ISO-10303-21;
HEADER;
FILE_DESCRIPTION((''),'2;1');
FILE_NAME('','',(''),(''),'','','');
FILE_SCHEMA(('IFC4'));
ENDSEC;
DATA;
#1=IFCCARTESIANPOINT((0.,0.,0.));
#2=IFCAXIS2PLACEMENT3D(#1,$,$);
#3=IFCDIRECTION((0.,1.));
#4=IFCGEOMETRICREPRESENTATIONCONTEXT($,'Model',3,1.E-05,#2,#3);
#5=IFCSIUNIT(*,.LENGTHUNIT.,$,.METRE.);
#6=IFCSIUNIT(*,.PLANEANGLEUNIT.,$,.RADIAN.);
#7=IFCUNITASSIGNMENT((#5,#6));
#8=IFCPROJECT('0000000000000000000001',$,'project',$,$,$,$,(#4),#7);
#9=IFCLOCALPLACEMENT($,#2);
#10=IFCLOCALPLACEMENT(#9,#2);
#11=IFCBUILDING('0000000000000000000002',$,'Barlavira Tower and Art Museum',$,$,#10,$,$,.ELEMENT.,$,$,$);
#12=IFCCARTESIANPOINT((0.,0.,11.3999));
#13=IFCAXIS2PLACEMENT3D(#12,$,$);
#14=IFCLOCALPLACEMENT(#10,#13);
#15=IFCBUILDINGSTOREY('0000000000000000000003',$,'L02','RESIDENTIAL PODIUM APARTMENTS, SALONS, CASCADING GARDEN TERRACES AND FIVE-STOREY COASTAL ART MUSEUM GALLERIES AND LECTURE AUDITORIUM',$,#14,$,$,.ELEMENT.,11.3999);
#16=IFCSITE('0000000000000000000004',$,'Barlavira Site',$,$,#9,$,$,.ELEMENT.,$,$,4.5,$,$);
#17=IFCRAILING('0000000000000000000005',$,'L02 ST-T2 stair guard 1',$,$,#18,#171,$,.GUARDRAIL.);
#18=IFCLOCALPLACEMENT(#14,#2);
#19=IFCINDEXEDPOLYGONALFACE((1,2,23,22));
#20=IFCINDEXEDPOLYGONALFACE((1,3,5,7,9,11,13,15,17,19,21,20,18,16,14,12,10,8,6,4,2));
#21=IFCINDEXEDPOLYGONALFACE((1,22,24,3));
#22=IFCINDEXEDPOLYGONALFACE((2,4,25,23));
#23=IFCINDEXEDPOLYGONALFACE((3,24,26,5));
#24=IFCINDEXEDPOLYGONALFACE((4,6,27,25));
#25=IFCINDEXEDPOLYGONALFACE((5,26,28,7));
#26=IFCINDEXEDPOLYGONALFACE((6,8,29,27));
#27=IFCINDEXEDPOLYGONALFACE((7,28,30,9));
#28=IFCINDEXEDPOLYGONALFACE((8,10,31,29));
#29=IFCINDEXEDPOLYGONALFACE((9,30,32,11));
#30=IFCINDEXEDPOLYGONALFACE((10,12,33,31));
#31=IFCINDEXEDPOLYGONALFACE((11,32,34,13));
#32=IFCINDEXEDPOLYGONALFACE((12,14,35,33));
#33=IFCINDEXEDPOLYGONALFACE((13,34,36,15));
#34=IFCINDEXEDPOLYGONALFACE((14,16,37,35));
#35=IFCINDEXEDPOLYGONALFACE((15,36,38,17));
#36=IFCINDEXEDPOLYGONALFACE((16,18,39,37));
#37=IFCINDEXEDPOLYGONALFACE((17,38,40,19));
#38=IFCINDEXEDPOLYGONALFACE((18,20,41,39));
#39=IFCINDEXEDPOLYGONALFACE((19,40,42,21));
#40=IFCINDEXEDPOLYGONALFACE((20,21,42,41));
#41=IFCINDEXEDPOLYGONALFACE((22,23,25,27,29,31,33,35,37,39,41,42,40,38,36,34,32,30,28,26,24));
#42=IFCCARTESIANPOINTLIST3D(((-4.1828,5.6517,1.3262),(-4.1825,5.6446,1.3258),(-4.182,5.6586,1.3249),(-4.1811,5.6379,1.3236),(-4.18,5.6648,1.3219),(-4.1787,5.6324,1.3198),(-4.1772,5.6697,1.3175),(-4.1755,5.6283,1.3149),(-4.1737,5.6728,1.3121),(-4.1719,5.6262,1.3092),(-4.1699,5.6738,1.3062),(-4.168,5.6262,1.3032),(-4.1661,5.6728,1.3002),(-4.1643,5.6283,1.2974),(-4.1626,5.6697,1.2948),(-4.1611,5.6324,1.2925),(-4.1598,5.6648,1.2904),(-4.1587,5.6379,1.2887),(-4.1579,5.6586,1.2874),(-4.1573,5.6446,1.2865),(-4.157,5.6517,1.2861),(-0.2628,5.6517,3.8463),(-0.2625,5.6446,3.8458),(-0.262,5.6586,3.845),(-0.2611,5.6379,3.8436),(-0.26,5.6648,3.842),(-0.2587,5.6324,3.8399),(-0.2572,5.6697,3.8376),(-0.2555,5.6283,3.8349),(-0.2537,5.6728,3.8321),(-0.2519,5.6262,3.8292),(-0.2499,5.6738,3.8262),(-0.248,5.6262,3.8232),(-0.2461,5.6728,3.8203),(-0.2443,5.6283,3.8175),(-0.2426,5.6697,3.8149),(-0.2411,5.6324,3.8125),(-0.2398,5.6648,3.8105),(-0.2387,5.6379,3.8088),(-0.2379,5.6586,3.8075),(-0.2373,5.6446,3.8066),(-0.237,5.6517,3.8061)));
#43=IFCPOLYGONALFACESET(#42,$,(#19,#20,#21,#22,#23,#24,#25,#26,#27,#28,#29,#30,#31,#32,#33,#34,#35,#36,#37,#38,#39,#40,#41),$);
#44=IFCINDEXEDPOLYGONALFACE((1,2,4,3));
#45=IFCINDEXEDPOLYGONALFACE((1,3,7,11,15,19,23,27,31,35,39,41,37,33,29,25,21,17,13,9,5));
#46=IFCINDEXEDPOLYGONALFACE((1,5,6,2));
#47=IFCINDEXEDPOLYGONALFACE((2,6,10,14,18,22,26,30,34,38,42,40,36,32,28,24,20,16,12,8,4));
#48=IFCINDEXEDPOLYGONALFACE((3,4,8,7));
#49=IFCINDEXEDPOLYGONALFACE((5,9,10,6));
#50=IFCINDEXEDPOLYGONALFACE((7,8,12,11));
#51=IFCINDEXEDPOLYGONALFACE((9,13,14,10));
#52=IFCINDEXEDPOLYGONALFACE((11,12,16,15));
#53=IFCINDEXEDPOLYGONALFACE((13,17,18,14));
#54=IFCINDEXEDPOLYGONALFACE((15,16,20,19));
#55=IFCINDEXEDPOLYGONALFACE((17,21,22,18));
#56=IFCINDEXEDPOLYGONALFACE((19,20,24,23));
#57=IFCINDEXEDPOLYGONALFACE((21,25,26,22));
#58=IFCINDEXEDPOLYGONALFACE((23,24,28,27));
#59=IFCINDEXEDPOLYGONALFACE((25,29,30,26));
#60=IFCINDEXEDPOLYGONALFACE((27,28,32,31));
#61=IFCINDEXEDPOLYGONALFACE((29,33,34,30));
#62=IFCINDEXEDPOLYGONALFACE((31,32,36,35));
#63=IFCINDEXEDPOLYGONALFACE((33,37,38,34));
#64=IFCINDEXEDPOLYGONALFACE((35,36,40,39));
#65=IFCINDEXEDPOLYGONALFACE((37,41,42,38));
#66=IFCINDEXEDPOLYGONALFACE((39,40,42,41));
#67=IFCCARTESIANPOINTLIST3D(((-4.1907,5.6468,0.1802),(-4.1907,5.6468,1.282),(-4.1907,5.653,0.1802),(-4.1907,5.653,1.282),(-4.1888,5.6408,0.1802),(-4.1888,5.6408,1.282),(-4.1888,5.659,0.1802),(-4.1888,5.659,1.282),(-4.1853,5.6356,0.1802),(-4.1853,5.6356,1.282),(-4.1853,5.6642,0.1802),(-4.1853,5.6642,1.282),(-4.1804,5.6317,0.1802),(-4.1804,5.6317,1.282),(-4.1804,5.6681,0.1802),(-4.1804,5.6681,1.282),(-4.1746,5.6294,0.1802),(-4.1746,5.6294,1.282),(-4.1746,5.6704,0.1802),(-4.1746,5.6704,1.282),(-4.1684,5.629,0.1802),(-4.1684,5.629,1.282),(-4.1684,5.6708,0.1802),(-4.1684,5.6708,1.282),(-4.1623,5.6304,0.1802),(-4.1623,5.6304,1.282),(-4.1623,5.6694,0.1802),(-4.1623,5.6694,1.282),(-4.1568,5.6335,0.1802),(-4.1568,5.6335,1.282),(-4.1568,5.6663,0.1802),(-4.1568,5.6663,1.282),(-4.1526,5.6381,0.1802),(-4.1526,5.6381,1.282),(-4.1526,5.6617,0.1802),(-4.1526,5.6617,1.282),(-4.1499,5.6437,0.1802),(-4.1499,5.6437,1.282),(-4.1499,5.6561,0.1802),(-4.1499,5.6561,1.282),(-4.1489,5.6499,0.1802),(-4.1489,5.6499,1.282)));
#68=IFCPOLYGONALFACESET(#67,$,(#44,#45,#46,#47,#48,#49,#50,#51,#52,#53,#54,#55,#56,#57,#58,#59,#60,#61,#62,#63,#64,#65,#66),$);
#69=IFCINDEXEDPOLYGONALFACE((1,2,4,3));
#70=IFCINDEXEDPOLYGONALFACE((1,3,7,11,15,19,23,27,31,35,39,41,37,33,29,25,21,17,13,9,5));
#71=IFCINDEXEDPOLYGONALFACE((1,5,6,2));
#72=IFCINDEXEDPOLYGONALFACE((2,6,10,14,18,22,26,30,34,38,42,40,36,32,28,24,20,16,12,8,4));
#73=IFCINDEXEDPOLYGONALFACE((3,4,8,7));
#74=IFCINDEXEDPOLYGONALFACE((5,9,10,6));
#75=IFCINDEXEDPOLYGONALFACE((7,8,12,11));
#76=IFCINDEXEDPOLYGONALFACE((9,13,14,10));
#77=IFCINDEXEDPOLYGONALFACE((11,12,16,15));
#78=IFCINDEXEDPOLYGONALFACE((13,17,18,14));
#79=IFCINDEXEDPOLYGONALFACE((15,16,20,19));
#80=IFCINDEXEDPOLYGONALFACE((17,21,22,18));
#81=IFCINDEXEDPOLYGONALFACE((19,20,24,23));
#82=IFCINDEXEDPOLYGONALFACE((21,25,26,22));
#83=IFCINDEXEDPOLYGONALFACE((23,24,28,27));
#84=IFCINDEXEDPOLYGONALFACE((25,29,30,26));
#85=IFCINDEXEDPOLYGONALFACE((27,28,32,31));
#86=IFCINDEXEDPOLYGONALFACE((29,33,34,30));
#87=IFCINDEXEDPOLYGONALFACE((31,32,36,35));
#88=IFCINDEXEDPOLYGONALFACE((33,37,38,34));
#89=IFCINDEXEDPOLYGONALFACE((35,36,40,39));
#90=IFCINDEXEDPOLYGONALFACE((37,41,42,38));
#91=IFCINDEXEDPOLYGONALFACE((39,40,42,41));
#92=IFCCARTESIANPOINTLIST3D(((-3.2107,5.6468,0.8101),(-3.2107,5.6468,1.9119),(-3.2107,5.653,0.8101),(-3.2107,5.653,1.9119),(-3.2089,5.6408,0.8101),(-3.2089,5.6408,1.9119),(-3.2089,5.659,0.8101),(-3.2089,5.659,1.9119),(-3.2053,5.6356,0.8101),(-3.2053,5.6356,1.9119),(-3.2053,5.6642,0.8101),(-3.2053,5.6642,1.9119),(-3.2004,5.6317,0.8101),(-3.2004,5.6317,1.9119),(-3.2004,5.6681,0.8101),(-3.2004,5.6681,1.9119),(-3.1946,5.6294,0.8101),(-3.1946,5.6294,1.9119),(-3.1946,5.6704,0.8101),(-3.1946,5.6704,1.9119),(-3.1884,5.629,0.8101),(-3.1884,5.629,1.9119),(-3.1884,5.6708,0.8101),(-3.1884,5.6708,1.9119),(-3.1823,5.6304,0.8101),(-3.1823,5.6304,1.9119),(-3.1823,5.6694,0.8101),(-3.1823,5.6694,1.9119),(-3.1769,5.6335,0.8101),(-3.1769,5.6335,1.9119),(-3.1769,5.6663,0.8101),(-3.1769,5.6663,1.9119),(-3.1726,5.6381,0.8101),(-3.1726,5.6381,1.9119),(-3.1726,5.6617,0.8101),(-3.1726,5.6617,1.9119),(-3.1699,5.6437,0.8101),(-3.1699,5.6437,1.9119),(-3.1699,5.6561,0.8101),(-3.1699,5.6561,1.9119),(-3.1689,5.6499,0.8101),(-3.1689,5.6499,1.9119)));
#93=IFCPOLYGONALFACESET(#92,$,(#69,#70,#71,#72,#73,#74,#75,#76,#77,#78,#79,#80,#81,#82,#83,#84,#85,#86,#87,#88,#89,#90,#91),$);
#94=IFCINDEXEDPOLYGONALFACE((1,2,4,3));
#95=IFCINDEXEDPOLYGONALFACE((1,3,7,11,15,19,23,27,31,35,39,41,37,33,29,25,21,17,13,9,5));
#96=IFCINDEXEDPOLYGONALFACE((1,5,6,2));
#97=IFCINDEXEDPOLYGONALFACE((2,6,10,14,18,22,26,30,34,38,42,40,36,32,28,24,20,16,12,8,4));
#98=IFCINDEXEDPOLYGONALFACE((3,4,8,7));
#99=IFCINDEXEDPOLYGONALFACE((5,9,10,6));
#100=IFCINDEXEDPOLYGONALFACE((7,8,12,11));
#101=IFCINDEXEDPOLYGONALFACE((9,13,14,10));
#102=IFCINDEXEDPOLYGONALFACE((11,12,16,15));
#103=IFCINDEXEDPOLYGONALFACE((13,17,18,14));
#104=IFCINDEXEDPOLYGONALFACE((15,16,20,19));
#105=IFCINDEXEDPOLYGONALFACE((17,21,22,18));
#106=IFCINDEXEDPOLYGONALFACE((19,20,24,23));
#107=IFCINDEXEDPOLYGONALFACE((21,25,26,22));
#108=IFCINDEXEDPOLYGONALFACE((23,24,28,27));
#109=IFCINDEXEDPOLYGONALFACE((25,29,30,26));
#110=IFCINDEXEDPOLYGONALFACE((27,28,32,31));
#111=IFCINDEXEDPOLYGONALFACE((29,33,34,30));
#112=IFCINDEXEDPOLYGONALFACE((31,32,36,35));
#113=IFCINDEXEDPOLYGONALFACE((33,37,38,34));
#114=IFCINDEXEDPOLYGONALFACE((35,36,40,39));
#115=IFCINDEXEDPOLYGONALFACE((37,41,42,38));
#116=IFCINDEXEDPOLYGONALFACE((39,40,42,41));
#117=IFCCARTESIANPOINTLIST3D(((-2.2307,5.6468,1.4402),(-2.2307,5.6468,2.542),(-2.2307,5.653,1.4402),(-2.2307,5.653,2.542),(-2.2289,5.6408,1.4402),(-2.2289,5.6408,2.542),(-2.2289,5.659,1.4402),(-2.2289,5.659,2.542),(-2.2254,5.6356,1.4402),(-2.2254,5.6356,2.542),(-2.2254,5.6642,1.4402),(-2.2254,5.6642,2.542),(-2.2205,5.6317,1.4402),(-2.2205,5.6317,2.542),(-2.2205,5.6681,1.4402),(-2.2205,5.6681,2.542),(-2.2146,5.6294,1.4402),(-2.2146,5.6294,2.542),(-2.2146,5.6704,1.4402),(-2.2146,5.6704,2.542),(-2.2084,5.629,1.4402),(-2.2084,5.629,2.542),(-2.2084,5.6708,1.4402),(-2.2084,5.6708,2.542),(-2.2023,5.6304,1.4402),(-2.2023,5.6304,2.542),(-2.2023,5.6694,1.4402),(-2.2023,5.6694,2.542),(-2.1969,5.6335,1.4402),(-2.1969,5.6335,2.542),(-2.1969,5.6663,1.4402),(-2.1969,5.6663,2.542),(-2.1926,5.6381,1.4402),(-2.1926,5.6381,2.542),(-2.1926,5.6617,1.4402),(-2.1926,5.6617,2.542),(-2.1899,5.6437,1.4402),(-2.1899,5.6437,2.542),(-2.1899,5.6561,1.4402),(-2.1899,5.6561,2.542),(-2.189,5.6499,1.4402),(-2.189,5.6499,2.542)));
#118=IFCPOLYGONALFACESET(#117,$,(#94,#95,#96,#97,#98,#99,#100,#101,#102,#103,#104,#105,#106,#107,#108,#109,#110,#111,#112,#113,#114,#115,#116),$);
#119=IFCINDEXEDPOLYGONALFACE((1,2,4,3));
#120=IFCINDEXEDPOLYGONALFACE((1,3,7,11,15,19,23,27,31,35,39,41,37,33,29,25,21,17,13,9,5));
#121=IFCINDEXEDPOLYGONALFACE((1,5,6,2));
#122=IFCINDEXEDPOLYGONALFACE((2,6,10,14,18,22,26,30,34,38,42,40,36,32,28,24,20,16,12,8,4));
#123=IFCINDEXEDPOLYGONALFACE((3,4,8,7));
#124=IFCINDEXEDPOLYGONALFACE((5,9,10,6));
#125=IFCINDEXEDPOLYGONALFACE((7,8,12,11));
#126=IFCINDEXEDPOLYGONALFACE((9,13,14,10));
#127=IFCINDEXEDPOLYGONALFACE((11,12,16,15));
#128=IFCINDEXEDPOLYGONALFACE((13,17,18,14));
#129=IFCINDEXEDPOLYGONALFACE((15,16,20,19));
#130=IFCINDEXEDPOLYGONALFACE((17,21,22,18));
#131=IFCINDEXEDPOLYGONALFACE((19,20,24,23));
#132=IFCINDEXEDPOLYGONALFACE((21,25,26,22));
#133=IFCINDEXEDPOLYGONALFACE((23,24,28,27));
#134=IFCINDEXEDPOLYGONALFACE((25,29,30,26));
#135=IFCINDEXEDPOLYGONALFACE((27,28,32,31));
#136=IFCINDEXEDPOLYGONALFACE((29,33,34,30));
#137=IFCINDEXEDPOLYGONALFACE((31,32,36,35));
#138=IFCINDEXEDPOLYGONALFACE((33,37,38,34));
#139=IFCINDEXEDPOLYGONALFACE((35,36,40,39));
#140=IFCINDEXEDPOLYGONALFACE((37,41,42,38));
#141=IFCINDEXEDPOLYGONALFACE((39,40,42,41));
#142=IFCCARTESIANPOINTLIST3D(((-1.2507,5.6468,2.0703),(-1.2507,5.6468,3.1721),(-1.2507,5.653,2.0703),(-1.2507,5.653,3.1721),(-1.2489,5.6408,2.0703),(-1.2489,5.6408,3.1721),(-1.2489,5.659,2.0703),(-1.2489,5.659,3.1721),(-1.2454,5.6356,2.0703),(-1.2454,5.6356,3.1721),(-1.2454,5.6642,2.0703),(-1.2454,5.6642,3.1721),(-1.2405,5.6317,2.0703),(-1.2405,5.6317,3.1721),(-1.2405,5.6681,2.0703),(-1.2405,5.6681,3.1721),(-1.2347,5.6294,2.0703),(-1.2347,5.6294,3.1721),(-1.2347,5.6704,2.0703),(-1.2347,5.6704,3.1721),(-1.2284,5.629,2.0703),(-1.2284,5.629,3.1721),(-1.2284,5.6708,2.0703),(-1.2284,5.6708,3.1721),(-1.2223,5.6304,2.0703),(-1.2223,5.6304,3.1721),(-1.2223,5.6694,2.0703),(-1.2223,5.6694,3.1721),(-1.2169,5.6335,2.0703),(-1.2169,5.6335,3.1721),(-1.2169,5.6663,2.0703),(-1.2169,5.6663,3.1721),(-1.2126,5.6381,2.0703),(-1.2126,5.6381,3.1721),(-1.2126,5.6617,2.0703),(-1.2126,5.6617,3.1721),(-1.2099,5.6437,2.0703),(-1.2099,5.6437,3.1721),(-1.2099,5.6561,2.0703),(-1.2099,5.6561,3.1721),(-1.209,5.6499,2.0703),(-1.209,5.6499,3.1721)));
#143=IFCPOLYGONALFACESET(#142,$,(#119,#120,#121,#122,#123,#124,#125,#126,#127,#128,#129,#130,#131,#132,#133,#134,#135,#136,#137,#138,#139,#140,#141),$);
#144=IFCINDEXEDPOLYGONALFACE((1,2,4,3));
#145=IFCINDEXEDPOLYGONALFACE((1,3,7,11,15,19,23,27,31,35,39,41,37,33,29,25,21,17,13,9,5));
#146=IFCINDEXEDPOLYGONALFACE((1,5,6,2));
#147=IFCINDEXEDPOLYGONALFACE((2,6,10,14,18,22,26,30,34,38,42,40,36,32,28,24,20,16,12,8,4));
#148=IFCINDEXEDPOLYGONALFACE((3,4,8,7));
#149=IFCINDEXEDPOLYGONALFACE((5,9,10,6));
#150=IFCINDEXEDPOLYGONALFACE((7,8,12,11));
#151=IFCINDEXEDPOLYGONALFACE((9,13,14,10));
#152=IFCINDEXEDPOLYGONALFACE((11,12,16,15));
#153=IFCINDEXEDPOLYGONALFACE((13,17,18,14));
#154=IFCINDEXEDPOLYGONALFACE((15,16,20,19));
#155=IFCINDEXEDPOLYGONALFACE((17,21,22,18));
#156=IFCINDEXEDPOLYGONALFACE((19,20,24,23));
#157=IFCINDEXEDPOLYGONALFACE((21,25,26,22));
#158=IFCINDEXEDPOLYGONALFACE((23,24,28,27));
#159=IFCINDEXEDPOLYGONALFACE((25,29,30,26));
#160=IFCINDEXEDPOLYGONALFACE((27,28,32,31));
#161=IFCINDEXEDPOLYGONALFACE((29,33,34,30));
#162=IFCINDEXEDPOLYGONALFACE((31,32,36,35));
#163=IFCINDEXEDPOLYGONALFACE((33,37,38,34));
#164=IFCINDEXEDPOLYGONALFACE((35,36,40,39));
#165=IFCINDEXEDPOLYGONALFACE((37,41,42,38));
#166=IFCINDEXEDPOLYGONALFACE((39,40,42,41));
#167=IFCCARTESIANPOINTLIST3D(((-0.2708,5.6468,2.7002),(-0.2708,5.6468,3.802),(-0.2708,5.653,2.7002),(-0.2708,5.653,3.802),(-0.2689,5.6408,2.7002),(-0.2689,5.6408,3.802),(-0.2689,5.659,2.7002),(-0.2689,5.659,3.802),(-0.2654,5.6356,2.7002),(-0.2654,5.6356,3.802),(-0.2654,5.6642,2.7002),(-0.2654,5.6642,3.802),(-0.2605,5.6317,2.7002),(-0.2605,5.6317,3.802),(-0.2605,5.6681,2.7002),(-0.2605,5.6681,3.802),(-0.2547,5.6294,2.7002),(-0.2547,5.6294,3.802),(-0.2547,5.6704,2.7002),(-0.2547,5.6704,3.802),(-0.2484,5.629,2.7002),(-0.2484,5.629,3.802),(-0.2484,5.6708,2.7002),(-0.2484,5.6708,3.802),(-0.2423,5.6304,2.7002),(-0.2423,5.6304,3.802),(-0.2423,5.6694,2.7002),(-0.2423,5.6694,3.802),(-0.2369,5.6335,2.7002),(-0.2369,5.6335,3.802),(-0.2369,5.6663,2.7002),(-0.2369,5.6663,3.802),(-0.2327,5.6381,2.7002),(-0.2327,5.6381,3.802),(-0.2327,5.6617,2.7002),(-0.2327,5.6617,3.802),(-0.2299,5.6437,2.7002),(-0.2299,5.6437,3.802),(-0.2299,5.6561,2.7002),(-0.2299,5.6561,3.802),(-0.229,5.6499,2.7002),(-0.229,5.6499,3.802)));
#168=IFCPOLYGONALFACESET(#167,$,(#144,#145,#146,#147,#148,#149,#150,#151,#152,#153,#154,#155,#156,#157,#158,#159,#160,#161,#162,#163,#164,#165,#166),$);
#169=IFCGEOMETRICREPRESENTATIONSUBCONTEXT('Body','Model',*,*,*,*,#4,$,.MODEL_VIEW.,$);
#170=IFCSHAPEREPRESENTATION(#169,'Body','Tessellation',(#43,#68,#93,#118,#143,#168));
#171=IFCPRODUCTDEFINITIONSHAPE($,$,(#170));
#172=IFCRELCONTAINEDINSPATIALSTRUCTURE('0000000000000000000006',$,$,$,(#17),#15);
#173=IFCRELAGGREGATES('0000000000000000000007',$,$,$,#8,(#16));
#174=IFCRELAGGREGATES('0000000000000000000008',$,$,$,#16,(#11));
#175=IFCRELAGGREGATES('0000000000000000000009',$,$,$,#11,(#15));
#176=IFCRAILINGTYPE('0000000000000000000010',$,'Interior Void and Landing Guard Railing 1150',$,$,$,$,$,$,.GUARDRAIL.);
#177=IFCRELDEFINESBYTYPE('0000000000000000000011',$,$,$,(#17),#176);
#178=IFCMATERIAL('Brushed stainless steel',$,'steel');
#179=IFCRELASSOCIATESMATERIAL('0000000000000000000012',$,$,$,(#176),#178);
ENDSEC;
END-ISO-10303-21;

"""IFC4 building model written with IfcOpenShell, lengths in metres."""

from ifc_helpers import new_model, si_unit, direction, frame, origin, origin_2d, place, context, subcontext, project, spatial, circle, extrude, material, type_object, element, save


model = new_model("IFC4")

# Units and contexts
model_context = context("Model", 3, precision=1e-05, world=origin(), true_north=direction((0.0, 1.0)))
body_context = subcontext(model_context, "Body", "Model", "MODEL_VIEW")
ifc_project = project(units=[si_unit("LENGTHUNIT", "METRE"), si_unit("PLANEANGLEUNIT", "RADIAN")], contexts=[model_context])

# Site, building, storey
site_placement = place(None, origin())
site = spatial("IfcSite", under=ifc_project, at=site_placement, Name="Barlavira Site", CompositionType="ELEMENT", RefElevation=4.5)
building_placement = place(site_placement, origin())
building = spatial("IfcBuilding", under=site, at=building_placement, Name="Barlavira Tower and Art Museum", CompositionType="ELEMENT")
storey_placement = place(building_placement, frame((0.0, 0.0, 11.3999)))
storey = spatial("IfcBuildingStorey", under=building, at=storey_placement, Name="L02", Description="RESIDENTIAL PODIUM APARTMENTS, SALONS, CASCADING GARDEN TERRACES AND FIVE-STOREY COASTAL ART MUSEUM GALLERIES AND LECTURE AUDITORIUM", CompositionType="ELEMENT", Elevation=11.3999)

# Shared definitions
ifc_material_1 = material(Name="Brushed stainless steel", Category="steel")

# Railing
railing_type_1 = type_object("IfcRailingType", Name="Interior Void and Landing Guard Railing 1150", PredefinedType="GUARDRAIL", material=ifc_material_1)
railing_1_placement = place(storey_placement, frame((-4.1699, 5.6499, 0.1802)))
element("IfcRailing", 1, at=railing_1_placement, inside=storey, type_object=railing_type_1, Name="L02 ST-T2 stair guard 1", PredefinedType="GUARDRAIL", context=body_context, shape_type="SweptSolid", body=[
    extrude(circle(Radius=0.0239, at=origin_2d()), frame((0.0, 0.0, 1.126), z_axis=(0.841172, 0.0, 0.540768), x_axis=(0.0, 1.0, 0.0)), (0.0, 0.0, 1.0), 4.6602),
    extrude(circle(Radius=0.021, at=origin_2d()), origin(), (0.0, 0.0, 1.0), 1.1018),
    extrude(circle(Radius=0.021, at=origin_2d()), frame((0.98, 0.0, 0.6299)), (0.0, 0.0, 1.0), 1.1018),
    extrude(circle(Radius=0.021, at=origin_2d()), frame((1.96, 0.0, 1.26)), (0.0, 0.0, 1.0), 1.1018),
    extrude(circle(Radius=0.021, at=origin_2d()), frame((2.9399, 0.0, 1.8901)), (0.0, 0.0, 1.0), 1.1018),
    extrude(circle(Radius=0.021, at=origin_2d()), frame((3.9199, 0.0, 2.52)), (0.0, 0.0, 1.0), 1.1018),
])

save(model, "model.ifc")
